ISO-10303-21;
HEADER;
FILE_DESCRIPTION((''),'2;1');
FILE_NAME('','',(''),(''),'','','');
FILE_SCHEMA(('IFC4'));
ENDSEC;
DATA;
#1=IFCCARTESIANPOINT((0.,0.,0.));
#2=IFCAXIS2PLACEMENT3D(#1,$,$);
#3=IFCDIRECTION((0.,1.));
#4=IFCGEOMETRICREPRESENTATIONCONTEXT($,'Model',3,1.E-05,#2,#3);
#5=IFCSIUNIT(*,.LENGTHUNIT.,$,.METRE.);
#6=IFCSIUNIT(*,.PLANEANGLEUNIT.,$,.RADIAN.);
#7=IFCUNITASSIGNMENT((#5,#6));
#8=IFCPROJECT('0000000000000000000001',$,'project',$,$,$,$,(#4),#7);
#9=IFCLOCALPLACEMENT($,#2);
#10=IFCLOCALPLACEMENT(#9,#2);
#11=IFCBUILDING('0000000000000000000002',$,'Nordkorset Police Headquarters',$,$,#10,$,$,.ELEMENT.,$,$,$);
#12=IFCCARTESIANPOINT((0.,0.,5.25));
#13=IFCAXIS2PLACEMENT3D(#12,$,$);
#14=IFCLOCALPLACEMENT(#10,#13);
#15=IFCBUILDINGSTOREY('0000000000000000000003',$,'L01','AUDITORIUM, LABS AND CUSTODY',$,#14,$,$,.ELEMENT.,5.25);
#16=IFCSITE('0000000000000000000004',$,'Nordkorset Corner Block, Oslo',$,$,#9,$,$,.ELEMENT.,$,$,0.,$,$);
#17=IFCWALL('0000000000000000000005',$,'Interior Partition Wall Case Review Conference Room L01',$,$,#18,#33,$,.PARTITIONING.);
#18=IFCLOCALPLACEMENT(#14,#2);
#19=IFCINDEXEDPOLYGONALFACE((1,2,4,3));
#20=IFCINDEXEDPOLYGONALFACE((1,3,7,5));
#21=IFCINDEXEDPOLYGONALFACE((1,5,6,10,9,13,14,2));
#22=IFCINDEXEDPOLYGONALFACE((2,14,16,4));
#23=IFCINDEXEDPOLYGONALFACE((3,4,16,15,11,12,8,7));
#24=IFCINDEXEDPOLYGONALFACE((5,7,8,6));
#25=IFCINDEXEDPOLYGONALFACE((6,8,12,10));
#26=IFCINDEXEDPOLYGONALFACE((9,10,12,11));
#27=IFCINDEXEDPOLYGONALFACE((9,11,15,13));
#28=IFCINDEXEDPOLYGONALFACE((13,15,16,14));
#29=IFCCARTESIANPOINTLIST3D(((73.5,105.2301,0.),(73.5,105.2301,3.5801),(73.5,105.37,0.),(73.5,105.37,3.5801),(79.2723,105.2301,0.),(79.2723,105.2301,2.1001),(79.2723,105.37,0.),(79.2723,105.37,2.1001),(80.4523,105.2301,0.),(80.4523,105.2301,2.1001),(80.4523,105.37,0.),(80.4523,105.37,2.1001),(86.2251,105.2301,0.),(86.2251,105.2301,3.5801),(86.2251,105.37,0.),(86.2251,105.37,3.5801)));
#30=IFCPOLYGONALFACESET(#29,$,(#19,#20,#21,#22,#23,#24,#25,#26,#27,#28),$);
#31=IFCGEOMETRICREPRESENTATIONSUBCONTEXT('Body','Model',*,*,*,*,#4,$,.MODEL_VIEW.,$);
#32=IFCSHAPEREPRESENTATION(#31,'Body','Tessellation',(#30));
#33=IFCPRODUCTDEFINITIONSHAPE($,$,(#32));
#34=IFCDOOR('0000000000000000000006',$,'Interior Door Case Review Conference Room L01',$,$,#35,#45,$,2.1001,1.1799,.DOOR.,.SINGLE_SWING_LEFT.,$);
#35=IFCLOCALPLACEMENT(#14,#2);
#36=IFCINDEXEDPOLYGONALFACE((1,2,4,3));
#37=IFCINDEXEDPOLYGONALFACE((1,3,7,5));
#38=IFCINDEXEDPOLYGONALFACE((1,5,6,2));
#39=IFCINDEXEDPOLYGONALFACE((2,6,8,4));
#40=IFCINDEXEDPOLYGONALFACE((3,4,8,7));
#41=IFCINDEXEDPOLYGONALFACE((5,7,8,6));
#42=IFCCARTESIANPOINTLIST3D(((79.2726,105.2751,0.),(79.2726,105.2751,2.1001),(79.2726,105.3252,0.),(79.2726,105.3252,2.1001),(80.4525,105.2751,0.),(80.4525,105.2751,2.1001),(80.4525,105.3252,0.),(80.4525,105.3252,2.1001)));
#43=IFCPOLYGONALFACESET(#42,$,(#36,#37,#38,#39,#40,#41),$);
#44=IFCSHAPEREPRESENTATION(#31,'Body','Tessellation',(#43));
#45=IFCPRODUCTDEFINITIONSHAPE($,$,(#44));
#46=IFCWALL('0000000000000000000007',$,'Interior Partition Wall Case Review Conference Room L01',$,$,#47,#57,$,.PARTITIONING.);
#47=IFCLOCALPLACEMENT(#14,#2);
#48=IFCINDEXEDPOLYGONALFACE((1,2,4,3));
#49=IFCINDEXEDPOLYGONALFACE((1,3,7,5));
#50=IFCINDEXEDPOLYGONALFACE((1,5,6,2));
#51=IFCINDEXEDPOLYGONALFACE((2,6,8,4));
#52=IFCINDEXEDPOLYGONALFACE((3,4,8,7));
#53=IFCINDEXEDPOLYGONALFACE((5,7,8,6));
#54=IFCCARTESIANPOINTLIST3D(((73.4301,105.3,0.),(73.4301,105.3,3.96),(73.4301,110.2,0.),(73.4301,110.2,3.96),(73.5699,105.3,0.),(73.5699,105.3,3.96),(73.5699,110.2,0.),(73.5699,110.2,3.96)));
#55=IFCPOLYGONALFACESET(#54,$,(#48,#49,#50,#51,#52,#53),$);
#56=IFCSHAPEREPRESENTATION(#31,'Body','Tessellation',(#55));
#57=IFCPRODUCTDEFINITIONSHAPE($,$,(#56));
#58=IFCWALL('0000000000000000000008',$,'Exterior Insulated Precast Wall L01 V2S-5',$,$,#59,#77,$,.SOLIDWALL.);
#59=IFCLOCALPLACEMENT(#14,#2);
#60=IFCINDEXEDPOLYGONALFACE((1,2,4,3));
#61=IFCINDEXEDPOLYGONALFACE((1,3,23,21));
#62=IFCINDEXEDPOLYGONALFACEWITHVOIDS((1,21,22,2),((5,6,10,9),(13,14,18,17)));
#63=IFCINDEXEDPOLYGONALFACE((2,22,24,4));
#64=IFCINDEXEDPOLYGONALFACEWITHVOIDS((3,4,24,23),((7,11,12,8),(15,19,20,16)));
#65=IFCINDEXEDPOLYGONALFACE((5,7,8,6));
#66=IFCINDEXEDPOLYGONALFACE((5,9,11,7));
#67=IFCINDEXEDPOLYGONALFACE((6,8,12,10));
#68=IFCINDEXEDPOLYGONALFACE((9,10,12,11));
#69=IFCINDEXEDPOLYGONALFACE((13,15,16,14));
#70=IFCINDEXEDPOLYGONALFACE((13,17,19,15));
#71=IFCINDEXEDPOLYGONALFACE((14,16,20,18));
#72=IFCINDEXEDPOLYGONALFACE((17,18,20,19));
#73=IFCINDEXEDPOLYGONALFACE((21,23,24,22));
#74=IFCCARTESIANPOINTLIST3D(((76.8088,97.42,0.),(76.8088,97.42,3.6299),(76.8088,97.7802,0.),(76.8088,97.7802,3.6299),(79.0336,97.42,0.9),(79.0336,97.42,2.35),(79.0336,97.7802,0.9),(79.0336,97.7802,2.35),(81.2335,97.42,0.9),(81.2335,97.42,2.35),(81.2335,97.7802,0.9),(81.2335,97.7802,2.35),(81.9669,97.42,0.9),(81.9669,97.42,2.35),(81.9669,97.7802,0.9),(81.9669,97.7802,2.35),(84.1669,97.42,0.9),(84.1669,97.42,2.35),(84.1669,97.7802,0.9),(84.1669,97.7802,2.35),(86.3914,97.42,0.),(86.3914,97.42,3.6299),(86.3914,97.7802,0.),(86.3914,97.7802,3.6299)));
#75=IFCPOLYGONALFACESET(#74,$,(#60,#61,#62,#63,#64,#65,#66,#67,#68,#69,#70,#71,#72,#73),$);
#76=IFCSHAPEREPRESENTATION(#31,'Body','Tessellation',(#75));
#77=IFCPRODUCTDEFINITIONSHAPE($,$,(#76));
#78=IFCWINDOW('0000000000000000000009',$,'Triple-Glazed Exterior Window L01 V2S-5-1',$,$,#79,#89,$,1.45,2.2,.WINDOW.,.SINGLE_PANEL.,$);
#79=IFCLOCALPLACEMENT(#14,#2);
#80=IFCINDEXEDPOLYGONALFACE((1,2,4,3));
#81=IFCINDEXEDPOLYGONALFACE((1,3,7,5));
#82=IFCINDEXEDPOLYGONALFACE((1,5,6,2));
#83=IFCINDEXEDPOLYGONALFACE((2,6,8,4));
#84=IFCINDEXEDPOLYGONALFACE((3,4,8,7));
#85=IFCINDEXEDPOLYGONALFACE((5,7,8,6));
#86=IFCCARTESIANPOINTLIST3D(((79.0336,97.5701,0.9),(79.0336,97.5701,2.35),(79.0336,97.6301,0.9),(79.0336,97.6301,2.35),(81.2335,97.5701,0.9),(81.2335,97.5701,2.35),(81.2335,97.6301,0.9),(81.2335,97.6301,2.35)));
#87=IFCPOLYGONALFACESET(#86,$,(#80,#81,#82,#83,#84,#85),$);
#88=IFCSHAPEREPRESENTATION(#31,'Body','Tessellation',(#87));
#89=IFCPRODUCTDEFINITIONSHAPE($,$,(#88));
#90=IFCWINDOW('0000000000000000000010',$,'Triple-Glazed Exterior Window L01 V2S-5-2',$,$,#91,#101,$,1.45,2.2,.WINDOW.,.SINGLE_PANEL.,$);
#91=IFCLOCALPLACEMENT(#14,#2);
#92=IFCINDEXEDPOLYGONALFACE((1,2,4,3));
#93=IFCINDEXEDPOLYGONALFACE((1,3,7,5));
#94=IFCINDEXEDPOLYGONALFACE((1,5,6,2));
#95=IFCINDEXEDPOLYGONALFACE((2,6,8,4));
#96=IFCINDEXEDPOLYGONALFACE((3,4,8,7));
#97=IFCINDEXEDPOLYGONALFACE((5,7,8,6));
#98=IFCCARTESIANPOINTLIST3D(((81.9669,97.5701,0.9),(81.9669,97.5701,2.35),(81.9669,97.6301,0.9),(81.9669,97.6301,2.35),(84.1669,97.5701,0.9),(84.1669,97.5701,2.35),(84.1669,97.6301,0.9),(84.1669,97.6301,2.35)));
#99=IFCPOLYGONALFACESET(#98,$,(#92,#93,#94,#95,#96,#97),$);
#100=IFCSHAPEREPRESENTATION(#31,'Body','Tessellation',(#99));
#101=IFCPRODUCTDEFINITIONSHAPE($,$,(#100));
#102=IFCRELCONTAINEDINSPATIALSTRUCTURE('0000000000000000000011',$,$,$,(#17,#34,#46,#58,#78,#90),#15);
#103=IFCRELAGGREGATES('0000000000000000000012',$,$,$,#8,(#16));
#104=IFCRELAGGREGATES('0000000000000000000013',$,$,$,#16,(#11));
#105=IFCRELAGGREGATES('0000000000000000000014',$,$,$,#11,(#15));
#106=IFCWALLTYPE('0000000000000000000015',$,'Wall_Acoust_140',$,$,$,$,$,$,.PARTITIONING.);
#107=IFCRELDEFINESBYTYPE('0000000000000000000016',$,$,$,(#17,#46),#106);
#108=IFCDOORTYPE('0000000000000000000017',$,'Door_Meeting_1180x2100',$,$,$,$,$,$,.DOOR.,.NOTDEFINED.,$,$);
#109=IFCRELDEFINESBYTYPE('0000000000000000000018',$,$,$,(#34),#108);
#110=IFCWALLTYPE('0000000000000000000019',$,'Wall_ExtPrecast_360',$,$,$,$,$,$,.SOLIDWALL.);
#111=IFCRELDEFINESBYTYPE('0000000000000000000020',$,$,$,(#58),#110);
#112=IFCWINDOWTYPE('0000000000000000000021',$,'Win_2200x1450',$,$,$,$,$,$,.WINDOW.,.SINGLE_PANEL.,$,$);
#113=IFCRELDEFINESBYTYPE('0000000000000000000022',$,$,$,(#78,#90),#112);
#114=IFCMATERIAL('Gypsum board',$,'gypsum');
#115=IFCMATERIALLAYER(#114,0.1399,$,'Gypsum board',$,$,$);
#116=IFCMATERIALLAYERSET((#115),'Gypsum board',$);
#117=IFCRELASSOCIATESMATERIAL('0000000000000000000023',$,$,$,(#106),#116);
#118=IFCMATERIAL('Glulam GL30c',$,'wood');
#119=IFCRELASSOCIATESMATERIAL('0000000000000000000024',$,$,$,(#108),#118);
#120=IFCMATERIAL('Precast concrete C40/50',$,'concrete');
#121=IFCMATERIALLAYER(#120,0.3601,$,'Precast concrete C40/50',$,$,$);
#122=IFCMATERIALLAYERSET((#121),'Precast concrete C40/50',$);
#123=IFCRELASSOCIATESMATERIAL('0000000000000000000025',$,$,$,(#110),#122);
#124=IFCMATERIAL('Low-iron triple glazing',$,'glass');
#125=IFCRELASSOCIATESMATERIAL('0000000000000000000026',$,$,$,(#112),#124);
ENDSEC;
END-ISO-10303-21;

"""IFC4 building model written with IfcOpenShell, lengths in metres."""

from ifc_helpers import new_model, si_unit, direction, frame, frame_2d, origin, place, context, subcontext, project, spatial, rectangle, extrude, material, layer, layer_set, type_object, element, fill, save


model = new_model("IFC4")

# Units and contexts
model_context = context("Model", 3, precision=1e-05, world=origin(), true_north=direction((0.0, 1.0)))
body_context = subcontext(model_context, "Body", "Model", "MODEL_VIEW")
ifc_project = project(units=[si_unit("LENGTHUNIT", "METRE"), si_unit("PLANEANGLEUNIT", "RADIAN")], contexts=[model_context])

# Site, building, storey
site_placement = place(None, origin())
site = spatial("IfcSite", under=ifc_project, at=site_placement, Name="Nordkorset Corner Block, Oslo", CompositionType="ELEMENT", RefElevation=0.0)
building_placement = place(site_placement, origin())
building = spatial("IfcBuilding", under=site, at=building_placement, Name="Nordkorset Police Headquarters", CompositionType="ELEMENT")
storey_placement = place(building_placement, frame((0.0, 0.0, 5.25)))
storey = spatial("IfcBuildingStorey", under=building, at=storey_placement, Name="L01", Description="AUDITORIUM, LABS AND CUSTODY", CompositionType="ELEMENT", Elevation=5.25)

# Wall, opening, door
ifc_material_1 = material(Name="Gypsum board", Category="gypsum")
ifc_layer_1 = layer(ifc_material_1, 0.1399, Name="Gypsum board")
ifc_layer_set_1 = layer_set([ifc_layer_1], Name="Gypsum board")
wall_type_1 = type_object("IfcWallType", Name="Wall_Acoust_140", PredefinedType="PARTITIONING", material=ifc_layer_set_1)
wall_1_placement = place(storey_placement, frame((73.5, 105.3, 0.0), z_axis=(0.0, 0.0, 1.0), x_axis=(1.0, 0.0, 0.0)))
wall_1 = element("IfcWall", 1, at=wall_1_placement, inside=storey, type_object=wall_type_1, Name="Interior Partition Wall Case Review Conference Room L01", PredefinedType="PARTITIONING", context=body_context, shape_type="SweptSolid", body=[
    extrude(rectangle(XDim=12.7251, YDim=0.1399, at=frame_2d((6.3625, 0.0))), origin(), (0.0, 0.0, 1.0), 3.5801),
])
opening_1_placement = place(wall_1_placement, frame((5.7725, 0.0, 0.0)))
opening_1 = element("IfcOpeningElement", 2, at=opening_1_placement, cuts=wall_1, PredefinedType="OPENING", context=body_context, shape_type="SweptSolid", body=[
    extrude(rectangle(XDim=1.1799, YDim=2.1001, at=frame_2d((0.5898, 1.05))), frame((0.0, 0.0801, 0.0), z_axis=(0.0, -1.0, 0.0), x_axis=(1.0, 0.0, 0.0)), (0.0, 0.0, 1.0), 0.1599),
])
ifc_material_2 = material(Name="Glulam GL30c", Category="wood")
door_type = type_object("IfcDoorType", Name="Door_Meeting_1180x2100", OperationType="NOTDEFINED", PredefinedType="DOOR", material=ifc_material_2)
door_placement = place(opening_1_placement, frame((1.1799, 0.0, 0.0), z_axis=(0.0, 0.0, 1.0), x_axis=(-1.0, 0.0, 0.0)))
door = element("IfcDoor", 3, at=door_placement, inside=storey, type_object=door_type, Name="Interior Door Case Review Conference Room L01", OperationType="SINGLE_SWING_LEFT", OverallHeight=2.1001, OverallWidth=1.1799, PredefinedType="DOOR", context=body_context, shape_type="SweptSolid", body=[
    extrude(rectangle(XDim=1.1799, YDim=2.1001, at=frame_2d((0.5898, 1.05))), frame((0.0, 0.0249, 0.0), z_axis=(0.0, -1.0, 0.0), x_axis=(1.0, 0.0, 0.0)), (0.0, 0.0, 1.0), 0.05),
])
fill(opening_1, door)

# Wall
wall_2_placement = place(storey_placement, frame((73.5, 110.2, 0.0), z_axis=(0.0, 0.0, 1.0), x_axis=(0.0, -1.0, 0.0)))
element("IfcWall", 4, at=wall_2_placement, inside=storey, type_object=wall_type_1, Name="Interior Partition Wall Case Review Conference Room L01", PredefinedType="PARTITIONING", context=body_context, shape_type="SweptSolid", body=[
    extrude(rectangle(XDim=4.8999, YDim=0.1399, at=frame_2d((2.45, 0.0))), origin(), (0.0, 0.0, 1.0), 3.96),
])

# Wall, openings, windows
ifc_material_3 = material(Name="Precast concrete C40/50", Category="concrete")
ifc_layer_2 = layer(ifc_material_3, 0.3601, Name="Precast concrete C40/50")
ifc_layer_set_2 = layer_set([ifc_layer_2], Name="Precast concrete C40/50")
wall_type_2 = type_object("IfcWallType", Name="Wall_ExtPrecast_360", PredefinedType="SOLIDWALL", material=ifc_layer_set_2)
wall_3_placement = place(storey_placement, frame((76.8088, 97.6001, 0.0), z_axis=(0.0, 0.0, 1.0), x_axis=(1.0, 0.0, 0.0)))
wall_3 = element("IfcWall", 5, at=wall_3_placement, inside=storey, type_object=wall_type_2, Name="Exterior Insulated Precast Wall L01 V2S-5", PredefinedType="SOLIDWALL", context=body_context, shape_type="SweptSolid", body=[
    extrude(rectangle(XDim=9.5825, YDim=0.3601, at=frame_2d((4.7913, 0.0))), origin(), (0.0, 0.0, 1.0), 3.6299),
])
opening_2_placement = place(wall_3_placement, frame((2.2246, 0.0, 0.8999)))
opening_2 = element("IfcOpeningElement", 6, at=opening_2_placement, cuts=wall_3, PredefinedType="OPENING", context=body_context, shape_type="SweptSolid", body=[
    extrude(rectangle(XDim=2.2, YDim=1.45, at=frame_2d((1.1001, 0.7251))), frame((0.0, 0.1899, 0.0), z_axis=(0.0, -1.0, 0.0), x_axis=(1.0, 0.0, 0.0)), (0.0, 0.0, 1.0), 0.3801),
])
opening_3_placement = place(wall_3_placement, frame((5.158, 0.0, 0.8999)))
opening_3 = element("IfcOpeningElement", 7, at=opening_3_placement, cuts=wall_3, PredefinedType="OPENING", context=body_context, shape_type="SweptSolid", body=[
    extrude(rectangle(XDim=2.2, YDim=1.45, at=frame_2d((1.1001, 0.7251))), frame((0.0, 0.1899, 0.0), z_axis=(0.0, -1.0, 0.0), x_axis=(1.0, 0.0, 0.0)), (0.0, 0.0, 1.0), 0.3801),
])
ifc_material_4 = material(Name="Low-iron triple glazing", Category="glass")
window_type = type_object("IfcWindowType", Name="Win_2200x1450", PartitioningType="SINGLE_PANEL", PredefinedType="WINDOW", material=ifc_material_4)
window_1_placement = place(opening_2_placement, origin())
window_1 = element("IfcWindow", 8, at=window_1_placement, inside=storey, type_object=window_type, Name="Triple-Glazed Exterior Window L01 V2S-5-1", OverallHeight=1.45, OverallWidth=2.2, PartitioningType="SINGLE_PANEL", PredefinedType="WINDOW", context=body_context, shape_type="SweptSolid", body=[
    extrude(rectangle(XDim=2.2, YDim=1.45, at=frame_2d((1.1001, 0.7251))), frame((0.0, 0.03, 0.0), z_axis=(0.0, -1.0, 0.0), x_axis=(1.0, 0.0, 0.0)), (0.0, 0.0, 1.0), 0.0601),
])
fill(opening_2, window_1)
window_2_placement = place(opening_3_placement, origin())
window_2 = element("IfcWindow", 9, at=window_2_placement, inside=storey, type_object=window_type, Name="Triple-Glazed Exterior Window L01 V2S-5-2", OverallHeight=1.45, OverallWidth=2.2, PartitioningType="SINGLE_PANEL", PredefinedType="WINDOW", context=body_context, shape_type="SweptSolid", body=[
    extrude(rectangle(XDim=2.2, YDim=1.45, at=frame_2d((1.1001, 0.7251))), frame((0.0, 0.03, 0.0), z_axis=(0.0, -1.0, 0.0), x_axis=(1.0, 0.0, 0.0)), (0.0, 0.0, 1.0), 0.0601),
])
fill(opening_3, window_2)

save(model, "model.ifc")
